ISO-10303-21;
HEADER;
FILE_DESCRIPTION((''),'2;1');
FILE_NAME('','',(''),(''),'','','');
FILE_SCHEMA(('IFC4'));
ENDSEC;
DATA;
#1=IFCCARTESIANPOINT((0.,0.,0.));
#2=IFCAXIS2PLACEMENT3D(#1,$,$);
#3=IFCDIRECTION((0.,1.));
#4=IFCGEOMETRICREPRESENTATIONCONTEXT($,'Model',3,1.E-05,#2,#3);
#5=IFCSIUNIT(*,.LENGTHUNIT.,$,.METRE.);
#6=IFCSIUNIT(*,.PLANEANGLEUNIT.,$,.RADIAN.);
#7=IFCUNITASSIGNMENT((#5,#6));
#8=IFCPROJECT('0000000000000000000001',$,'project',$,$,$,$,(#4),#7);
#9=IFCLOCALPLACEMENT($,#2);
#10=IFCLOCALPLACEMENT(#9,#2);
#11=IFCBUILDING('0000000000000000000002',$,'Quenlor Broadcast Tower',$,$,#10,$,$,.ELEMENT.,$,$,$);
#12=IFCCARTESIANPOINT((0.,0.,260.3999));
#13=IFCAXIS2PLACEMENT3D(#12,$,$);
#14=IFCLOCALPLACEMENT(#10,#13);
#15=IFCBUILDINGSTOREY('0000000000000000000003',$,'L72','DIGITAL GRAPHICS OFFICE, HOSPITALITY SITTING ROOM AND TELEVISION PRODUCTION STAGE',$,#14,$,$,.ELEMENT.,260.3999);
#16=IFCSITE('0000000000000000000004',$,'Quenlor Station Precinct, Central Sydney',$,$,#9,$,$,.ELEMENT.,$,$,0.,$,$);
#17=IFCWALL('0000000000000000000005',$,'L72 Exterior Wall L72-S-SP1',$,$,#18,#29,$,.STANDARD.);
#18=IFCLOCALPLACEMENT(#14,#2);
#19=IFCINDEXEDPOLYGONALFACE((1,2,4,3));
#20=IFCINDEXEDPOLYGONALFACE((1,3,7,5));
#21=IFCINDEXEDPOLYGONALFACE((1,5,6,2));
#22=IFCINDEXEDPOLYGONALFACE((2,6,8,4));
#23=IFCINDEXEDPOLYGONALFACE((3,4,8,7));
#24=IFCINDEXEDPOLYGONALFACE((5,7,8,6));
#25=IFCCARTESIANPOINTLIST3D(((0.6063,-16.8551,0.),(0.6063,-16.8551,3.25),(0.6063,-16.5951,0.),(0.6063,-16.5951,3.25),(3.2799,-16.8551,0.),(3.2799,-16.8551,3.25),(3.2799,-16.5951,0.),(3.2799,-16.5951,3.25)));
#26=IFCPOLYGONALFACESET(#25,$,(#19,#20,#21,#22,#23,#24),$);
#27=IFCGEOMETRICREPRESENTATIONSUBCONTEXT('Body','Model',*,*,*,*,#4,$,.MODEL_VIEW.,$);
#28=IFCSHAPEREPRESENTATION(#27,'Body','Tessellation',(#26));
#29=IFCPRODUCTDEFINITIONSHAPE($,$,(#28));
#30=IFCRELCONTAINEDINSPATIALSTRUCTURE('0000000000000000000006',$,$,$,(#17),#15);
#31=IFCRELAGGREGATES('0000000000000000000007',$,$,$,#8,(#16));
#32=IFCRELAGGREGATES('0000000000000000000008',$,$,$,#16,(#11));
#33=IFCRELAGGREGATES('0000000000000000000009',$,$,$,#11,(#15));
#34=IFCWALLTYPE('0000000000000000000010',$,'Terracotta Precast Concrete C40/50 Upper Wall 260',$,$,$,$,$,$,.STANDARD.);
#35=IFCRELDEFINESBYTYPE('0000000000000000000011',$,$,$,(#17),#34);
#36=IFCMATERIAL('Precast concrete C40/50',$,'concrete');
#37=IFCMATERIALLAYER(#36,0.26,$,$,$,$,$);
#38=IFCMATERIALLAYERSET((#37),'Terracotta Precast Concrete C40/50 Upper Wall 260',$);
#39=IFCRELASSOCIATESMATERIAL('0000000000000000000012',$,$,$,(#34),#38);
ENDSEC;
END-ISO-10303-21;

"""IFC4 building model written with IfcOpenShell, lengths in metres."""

from ifc_helpers import new_model, si_unit, direction, frame, frame_2d, origin, place, context, subcontext, project, spatial, rectangle, extrude, material, layer, layer_set, type_object, element, save


model = new_model("IFC4")

# Units and contexts
model_context = context("Model", 3, precision=1e-05, world=origin(), true_north=direction((0.0, 1.0)))
body_context = subcontext(model_context, "Body", "Model", "MODEL_VIEW")
ifc_project = project(units=[si_unit("LENGTHUNIT", "METRE"), si_unit("PLANEANGLEUNIT", "RADIAN")], contexts=[model_context])

# Site, building, storey
site_placement = place(None, origin())
site = spatial("IfcSite", under=ifc_project, at=site_placement, Name="Quenlor Station Precinct, Central Sydney", CompositionType="ELEMENT", RefElevation=0.0)
building_placement = place(site_placement, origin())
building = spatial("IfcBuilding", under=site, at=building_placement, Name="Quenlor Broadcast Tower", CompositionType="ELEMENT")
storey_placement = place(building_placement, frame((0.0, 0.0, 260.3999)))
storey = spatial("IfcBuildingStorey", under=building, at=storey_placement, Name="L72", Description="DIGITAL GRAPHICS OFFICE, HOSPITALITY SITTING ROOM AND TELEVISION PRODUCTION STAGE", CompositionType="ELEMENT", Elevation=260.3999)

# Wall
ifc_material_1 = material(Name="Precast concrete C40/50", Category="concrete")
ifc_layer_1 = layer(ifc_material_1, 0.26)
ifc_layer_set_1 = layer_set([ifc_layer_1], Name="Terracotta Precast Concrete C40/50 Upper Wall 260")
wall_type_1 = type_object("IfcWallType", Name="Terracotta Precast Concrete C40/50 Upper Wall 260", PredefinedType="STANDARD", material=ifc_layer_set_1)
wall_1_placement = place(storey_placement, frame((3.28, -16.7251, 0.0), z_axis=(0.0, 0.0, 1.0), x_axis=(-1.0, 0.0, 0.0)))
element("IfcWall", 1, at=wall_1_placement, inside=storey, type_object=wall_type_1, Name="L72 Exterior Wall L72-S-SP1", PredefinedType="STANDARD", context=body_context, shape_type="SweptSolid", body=[
    extrude(rectangle(XDim=2.6736, YDim=0.26, at=frame_2d((1.3369, 0.0))), origin(), (0.0, 0.0, 1.0), 3.25),
])

save(model, "model.ifc")
